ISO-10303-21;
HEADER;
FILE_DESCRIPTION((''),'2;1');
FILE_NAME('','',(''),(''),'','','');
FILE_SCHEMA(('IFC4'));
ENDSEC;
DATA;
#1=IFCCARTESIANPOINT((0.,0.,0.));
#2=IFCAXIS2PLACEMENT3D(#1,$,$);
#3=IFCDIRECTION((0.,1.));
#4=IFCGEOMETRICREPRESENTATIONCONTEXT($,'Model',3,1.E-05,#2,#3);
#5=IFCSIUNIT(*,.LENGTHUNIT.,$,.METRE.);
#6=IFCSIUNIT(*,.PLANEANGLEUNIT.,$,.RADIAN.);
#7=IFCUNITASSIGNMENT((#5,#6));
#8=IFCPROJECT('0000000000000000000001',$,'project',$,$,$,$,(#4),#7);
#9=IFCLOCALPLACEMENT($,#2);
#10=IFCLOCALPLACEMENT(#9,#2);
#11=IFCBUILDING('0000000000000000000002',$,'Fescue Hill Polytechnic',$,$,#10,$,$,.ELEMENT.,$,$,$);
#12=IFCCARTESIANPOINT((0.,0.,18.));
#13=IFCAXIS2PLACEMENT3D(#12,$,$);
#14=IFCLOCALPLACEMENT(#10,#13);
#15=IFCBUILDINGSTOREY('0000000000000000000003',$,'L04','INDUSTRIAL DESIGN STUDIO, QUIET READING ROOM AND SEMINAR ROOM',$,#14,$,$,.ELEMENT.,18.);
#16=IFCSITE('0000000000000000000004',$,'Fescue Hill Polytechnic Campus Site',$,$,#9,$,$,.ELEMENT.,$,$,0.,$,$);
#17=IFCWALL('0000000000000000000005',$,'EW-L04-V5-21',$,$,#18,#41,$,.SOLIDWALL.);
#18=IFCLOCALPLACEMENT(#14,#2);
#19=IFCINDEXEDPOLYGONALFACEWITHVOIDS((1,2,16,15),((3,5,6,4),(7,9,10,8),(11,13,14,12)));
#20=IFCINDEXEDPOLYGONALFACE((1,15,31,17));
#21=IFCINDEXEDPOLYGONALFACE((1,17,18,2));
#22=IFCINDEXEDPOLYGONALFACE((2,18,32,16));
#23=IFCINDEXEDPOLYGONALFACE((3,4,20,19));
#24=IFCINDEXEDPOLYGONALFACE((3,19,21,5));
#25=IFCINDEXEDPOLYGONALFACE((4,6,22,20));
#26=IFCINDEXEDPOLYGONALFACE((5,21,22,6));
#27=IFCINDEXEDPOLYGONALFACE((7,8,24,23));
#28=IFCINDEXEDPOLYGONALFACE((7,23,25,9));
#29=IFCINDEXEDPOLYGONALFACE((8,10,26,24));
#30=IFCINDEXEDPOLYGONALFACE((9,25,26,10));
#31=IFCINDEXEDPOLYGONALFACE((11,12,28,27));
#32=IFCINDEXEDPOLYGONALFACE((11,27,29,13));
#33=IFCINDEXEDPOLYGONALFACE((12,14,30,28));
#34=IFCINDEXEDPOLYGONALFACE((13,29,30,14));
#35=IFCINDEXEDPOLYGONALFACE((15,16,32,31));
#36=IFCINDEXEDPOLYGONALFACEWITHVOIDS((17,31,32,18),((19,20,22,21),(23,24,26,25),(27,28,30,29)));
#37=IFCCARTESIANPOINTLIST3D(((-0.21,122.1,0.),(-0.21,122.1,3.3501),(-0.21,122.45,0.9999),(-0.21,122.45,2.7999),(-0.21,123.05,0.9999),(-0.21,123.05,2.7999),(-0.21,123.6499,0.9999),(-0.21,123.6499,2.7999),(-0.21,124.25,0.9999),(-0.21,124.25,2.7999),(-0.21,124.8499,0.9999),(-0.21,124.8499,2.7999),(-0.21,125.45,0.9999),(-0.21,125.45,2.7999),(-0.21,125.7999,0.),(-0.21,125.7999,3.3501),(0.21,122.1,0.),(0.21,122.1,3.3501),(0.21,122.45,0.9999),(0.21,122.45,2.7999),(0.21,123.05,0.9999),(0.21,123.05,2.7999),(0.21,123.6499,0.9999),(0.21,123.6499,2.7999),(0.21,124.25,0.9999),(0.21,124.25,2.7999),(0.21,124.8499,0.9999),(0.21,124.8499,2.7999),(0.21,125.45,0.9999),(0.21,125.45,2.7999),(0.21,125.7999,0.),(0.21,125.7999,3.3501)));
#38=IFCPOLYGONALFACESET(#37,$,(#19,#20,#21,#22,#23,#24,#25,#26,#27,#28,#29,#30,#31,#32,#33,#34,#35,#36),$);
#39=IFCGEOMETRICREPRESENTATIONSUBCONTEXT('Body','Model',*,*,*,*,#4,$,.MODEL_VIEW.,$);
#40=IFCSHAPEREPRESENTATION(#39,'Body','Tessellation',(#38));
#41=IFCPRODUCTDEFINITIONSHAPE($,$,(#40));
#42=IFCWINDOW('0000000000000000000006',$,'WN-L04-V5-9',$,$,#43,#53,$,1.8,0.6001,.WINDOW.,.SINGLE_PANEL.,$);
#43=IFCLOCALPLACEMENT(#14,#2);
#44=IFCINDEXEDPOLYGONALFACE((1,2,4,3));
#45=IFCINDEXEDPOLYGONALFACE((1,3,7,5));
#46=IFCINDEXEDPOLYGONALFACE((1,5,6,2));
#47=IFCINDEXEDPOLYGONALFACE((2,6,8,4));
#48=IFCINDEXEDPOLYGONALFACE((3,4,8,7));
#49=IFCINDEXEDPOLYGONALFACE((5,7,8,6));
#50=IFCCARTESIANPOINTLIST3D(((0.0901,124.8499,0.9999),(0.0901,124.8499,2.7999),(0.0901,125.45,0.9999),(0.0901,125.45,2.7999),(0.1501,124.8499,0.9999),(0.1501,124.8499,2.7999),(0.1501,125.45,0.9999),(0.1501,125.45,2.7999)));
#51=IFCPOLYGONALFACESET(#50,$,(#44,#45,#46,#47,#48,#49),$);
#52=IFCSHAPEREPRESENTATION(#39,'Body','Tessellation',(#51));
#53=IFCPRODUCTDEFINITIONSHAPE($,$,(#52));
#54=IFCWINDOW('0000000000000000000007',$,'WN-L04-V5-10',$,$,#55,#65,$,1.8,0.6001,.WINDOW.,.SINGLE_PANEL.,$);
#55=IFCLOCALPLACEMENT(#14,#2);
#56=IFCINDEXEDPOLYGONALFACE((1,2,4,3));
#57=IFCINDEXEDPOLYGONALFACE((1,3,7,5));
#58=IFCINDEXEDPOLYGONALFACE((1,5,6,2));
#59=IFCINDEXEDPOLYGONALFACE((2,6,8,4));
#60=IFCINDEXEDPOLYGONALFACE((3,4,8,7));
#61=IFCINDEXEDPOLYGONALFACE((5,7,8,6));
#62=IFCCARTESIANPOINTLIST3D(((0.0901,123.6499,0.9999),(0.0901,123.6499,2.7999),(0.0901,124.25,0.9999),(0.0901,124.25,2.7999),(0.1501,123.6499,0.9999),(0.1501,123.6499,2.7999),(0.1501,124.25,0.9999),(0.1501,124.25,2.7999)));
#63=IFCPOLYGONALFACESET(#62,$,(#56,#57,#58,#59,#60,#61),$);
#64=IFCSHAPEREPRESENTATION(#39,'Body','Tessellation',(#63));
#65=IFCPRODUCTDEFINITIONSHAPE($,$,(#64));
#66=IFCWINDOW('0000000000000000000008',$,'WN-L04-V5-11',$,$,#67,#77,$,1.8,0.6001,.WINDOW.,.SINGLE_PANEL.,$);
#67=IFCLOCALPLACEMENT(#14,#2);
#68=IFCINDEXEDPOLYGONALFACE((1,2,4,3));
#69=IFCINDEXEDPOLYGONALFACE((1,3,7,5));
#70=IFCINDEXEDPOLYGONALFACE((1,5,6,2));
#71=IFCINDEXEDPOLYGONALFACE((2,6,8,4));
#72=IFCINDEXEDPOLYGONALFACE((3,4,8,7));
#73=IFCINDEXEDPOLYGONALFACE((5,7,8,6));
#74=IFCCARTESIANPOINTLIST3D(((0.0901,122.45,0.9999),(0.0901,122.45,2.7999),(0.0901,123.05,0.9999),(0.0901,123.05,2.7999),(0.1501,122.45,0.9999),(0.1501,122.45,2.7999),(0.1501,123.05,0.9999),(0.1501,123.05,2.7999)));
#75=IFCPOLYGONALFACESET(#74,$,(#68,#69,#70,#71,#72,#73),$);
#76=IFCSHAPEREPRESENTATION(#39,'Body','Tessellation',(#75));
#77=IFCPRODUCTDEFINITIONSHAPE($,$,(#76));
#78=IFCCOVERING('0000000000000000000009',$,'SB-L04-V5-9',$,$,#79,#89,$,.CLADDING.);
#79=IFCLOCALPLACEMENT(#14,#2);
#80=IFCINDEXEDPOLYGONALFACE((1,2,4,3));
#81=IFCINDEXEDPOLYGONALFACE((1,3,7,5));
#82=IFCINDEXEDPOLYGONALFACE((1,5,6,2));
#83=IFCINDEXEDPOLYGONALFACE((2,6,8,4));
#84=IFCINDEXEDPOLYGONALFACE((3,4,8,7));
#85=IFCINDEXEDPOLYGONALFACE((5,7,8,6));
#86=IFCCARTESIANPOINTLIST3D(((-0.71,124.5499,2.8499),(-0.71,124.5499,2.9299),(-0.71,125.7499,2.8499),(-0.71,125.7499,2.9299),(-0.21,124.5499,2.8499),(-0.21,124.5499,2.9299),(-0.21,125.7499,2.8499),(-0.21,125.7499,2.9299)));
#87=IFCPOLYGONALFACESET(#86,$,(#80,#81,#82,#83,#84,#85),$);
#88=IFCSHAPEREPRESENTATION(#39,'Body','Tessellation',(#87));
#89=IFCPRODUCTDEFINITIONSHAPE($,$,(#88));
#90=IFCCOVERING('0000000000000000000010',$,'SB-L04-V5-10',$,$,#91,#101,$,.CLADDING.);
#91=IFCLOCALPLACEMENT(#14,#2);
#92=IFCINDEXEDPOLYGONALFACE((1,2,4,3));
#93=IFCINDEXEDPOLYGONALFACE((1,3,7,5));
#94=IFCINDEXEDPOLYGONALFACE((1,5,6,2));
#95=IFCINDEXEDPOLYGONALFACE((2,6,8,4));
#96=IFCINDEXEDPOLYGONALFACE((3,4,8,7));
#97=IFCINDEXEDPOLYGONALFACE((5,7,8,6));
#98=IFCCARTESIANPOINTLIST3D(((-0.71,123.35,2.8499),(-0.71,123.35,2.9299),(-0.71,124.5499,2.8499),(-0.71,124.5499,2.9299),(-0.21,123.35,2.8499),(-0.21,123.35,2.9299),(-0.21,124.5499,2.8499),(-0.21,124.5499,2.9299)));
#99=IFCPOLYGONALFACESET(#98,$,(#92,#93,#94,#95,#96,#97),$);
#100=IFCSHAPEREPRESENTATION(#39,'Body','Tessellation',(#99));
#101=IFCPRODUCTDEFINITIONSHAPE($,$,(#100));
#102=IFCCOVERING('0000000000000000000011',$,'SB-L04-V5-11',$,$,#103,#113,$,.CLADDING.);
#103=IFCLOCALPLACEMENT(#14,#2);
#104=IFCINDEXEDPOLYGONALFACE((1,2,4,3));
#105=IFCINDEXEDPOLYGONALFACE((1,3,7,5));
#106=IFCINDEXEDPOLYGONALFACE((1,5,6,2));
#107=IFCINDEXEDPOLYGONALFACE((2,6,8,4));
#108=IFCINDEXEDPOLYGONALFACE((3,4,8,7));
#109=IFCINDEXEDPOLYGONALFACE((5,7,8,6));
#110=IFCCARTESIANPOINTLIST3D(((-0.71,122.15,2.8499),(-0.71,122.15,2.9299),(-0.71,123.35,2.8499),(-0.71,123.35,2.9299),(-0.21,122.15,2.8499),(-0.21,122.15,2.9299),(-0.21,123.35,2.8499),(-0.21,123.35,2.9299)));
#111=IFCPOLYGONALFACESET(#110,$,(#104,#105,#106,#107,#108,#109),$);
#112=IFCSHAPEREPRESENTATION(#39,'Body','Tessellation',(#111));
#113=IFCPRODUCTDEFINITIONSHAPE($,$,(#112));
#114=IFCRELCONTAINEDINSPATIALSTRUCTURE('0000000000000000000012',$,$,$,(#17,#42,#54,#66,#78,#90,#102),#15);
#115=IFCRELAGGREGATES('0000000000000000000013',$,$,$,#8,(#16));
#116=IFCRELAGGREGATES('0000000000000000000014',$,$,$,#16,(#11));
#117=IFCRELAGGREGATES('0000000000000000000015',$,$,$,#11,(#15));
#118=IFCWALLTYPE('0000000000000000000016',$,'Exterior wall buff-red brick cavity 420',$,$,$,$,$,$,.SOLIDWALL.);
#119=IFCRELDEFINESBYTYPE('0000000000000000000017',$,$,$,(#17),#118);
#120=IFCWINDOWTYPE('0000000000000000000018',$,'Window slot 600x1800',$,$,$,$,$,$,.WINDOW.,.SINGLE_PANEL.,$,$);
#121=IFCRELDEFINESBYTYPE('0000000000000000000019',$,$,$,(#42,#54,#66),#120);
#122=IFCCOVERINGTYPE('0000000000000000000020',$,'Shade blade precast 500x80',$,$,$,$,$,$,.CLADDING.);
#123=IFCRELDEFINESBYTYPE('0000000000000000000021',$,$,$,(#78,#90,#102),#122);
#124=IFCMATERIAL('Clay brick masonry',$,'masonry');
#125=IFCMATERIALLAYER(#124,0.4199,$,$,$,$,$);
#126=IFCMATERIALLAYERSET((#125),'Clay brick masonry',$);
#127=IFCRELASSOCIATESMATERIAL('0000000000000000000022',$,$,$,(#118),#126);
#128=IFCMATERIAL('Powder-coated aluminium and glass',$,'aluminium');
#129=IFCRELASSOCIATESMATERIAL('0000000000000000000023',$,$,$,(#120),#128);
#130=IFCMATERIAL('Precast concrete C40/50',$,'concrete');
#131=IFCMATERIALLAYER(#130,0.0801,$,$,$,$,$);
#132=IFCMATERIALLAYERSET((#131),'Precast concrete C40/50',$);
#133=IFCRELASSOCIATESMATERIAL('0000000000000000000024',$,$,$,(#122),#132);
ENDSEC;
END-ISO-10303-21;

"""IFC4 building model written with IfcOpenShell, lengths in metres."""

from ifc_helpers import new_model, si_unit, direction, frame, frame_2d, origin, origin_2d, place, context, subcontext, project, spatial, rectangle, extrude, material, layer, layer_set, type_object, element, fill, save


model = new_model("IFC4")

# Units and contexts
model_context = context("Model", 3, precision=1e-05, world=origin(), true_north=direction((0.0, 1.0)))
body_context = subcontext(model_context, "Body", "Model", "MODEL_VIEW")
ifc_project = project(units=[si_unit("LENGTHUNIT", "METRE"), si_unit("PLANEANGLEUNIT", "RADIAN")], contexts=[model_context])

# Site, building, storey
site_placement = place(None, origin())
site = spatial("IfcSite", under=ifc_project, at=site_placement, Name="Fescue Hill Polytechnic Campus Site", CompositionType="ELEMENT", RefElevation=0.0)
building_placement = place(site_placement, origin())
building = spatial("IfcBuilding", under=site, at=building_placement, Name="Fescue Hill Polytechnic", CompositionType="ELEMENT")
storey_placement = place(building_placement, frame((0.0, 0.0, 18.0)))
storey = spatial("IfcBuildingStorey", under=building, at=storey_placement, Name="L04", Description="INDUSTRIAL DESIGN STUDIO, QUIET READING ROOM AND SEMINAR ROOM", CompositionType="ELEMENT", Elevation=18.0)

# Shared definitions
ifc_material_1 = material(Name="Clay brick masonry", Category="masonry")

# Wall, openings, windows
ifc_layer_1 = layer(ifc_material_1, 0.4199)
ifc_layer_set_1 = layer_set([ifc_layer_1], Name="Clay brick masonry")
wall_type_1 = type_object("IfcWallType", Name="Exterior wall buff-red brick cavity 420", PredefinedType="SOLIDWALL", material=ifc_layer_set_1)
wall_1_placement = place(storey_placement, frame((0.0, 125.8, 0.0), z_axis=(0.0, 0.0, 1.0), x_axis=(0.0, -1.0, 0.0)))
wall_1 = element("IfcWall", 1, at=wall_1_placement, inside=storey, type_object=wall_type_1, Name="EW-L04-V5-21", PredefinedType="SOLIDWALL", context=body_context, shape_type="SweptSolid", body=[
    extrude(rectangle(XDim=3.7, YDim=0.4199, at=frame_2d((1.8501, 0.0))), origin(), (0.0, 0.0, 1.0), 3.3501),
])
opening_1_placement = place(wall_1_placement, frame((0.3501, 0.0, 1.0)))
opening_1 = element("IfcOpeningElement", 2, at=opening_1_placement, cuts=wall_1, PredefinedType="OPENING", context=body_context, shape_type="SweptSolid", body=[
    extrude(rectangle(XDim=0.6001, YDim=1.8, at=frame_2d((0.3, 0.8999))), frame((0.0, 0.22, 0.0), z_axis=(0.0, -1.0, 0.0), x_axis=(1.0, 0.0, 0.0)), (0.0, 0.0, 1.0), 0.4399),
])
opening_2_placement = place(wall_1_placement, frame((1.55, 0.0, 1.0)))
opening_2 = element("IfcOpeningElement", 3, at=opening_2_placement, cuts=wall_1, PredefinedType="OPENING", context=body_context, shape_type="SweptSolid", body=[
    extrude(rectangle(XDim=0.6001, YDim=1.8, at=frame_2d((0.3, 0.8999))), frame((0.0, 0.22, 0.0), z_axis=(0.0, -1.0, 0.0), x_axis=(1.0, 0.0, 0.0)), (0.0, 0.0, 1.0), 0.4399),
])
opening_3_placement = place(wall_1_placement, frame((2.75, 0.0, 1.0)))
opening_3 = element("IfcOpeningElement", 4, at=opening_3_placement, cuts=wall_1, PredefinedType="OPENING", context=body_context, shape_type="SweptSolid", body=[
    extrude(rectangle(XDim=0.6001, YDim=1.8, at=frame_2d((0.3, 0.8999))), frame((0.0, 0.22, 0.0), z_axis=(0.0, -1.0, 0.0), x_axis=(1.0, 0.0, 0.0)), (0.0, 0.0, 1.0), 0.4399),
])
ifc_material_2 = material(Name="Powder-coated aluminium and glass", Category="aluminium")
window_type = type_object("IfcWindowType", Name="Window slot 600x1800", PartitioningType="SINGLE_PANEL", PredefinedType="WINDOW", material=ifc_material_2)
window_1_placement = place(opening_1_placement, origin())
window_1 = element("IfcWindow", 5, at=window_1_placement, inside=storey, type_object=window_type, Name="WN-L04-V5-9", OverallHeight=1.8, OverallWidth=0.6001, PartitioningType="SINGLE_PANEL", PredefinedType="WINDOW", context=body_context, shape_type="SweptSolid", body=[
    extrude(rectangle(XDim=0.6001, YDim=1.8, at=frame_2d((0.3, 0.8999))), frame((0.0, 0.1501, 0.0), z_axis=(0.0, -1.0, 0.0), x_axis=(1.0, 0.0, 0.0)), (0.0, 0.0, 1.0), 0.0601),
])
fill(opening_1, window_1)
window_2_placement = place(opening_2_placement, origin())
window_2 = element("IfcWindow", 6, at=window_2_placement, inside=storey, type_object=window_type, Name="WN-L04-V5-10", OverallHeight=1.8, OverallWidth=0.6001, PartitioningType="SINGLE_PANEL", PredefinedType="WINDOW", context=body_context, shape_type="SweptSolid", body=[
    extrude(rectangle(XDim=0.6001, YDim=1.8, at=frame_2d((0.3, 0.8999))), frame((0.0, 0.1501, 0.0), z_axis=(0.0, -1.0, 0.0), x_axis=(1.0, 0.0, 0.0)), (0.0, 0.0, 1.0), 0.0601),
])
fill(opening_2, window_2)
window_3_placement = place(opening_3_placement, origin())
window_3 = element("IfcWindow", 7, at=window_3_placement, inside=storey, type_object=window_type, Name="WN-L04-V5-11", OverallHeight=1.8, OverallWidth=0.6001, PartitioningType="SINGLE_PANEL", PredefinedType="WINDOW", context=body_context, shape_type="SweptSolid", body=[
    extrude(rectangle(XDim=0.6001, YDim=1.8, at=frame_2d((0.3, 0.8999))), frame((0.0, 0.1501, 0.0), z_axis=(0.0, -1.0, 0.0), x_axis=(1.0, 0.0, 0.0)), (0.0, 0.0, 1.0), 0.0601),
])
fill(opening_3, window_3)

# Coverings
ifc_material_3 = material(Name="Precast concrete C40/50", Category="concrete")
ifc_layer_2 = layer(ifc_material_3, 0.0801)
ifc_layer_set_2 = layer_set([ifc_layer_2], Name="Precast concrete C40/50")
covering_type = type_object("IfcCoveringType", Name="Shade blade precast 500x80", PredefinedType="CLADDING", material=ifc_layer_set_2)
for number, where, z_axis, x_axis, name in (
    (8, (-0.46, 125.1499, 2.8499), (0.0, 0.0, 1.0), (0.0, -1.0, 0.0), "SB-L04-V5-9"),
    (9, (-0.46, 123.95, 2.8499), (0.0, 0.0, 1.0), (0.0, -1.0, 0.0), "SB-L04-V5-10"),
    (10, (-0.46, 122.75, 2.8499), (0.0, 0.0, 1.0), (0.0, -1.0, 0.0), "SB-L04-V5-11"),
):
    element("IfcCovering", number, at=place(storey_placement, frame(where, z_axis=z_axis, x_axis=x_axis)), inside=storey, type_object=covering_type, Name=name, PredefinedType="CLADDING", context=body_context, shape_type="SweptSolid", body=[
        extrude(rectangle(XDim=1.2, YDim=0.5, at=origin_2d()), origin(), (0.0, 0.0, 1.0), 0.0801),
    ])

save(model, "model.ifc")
